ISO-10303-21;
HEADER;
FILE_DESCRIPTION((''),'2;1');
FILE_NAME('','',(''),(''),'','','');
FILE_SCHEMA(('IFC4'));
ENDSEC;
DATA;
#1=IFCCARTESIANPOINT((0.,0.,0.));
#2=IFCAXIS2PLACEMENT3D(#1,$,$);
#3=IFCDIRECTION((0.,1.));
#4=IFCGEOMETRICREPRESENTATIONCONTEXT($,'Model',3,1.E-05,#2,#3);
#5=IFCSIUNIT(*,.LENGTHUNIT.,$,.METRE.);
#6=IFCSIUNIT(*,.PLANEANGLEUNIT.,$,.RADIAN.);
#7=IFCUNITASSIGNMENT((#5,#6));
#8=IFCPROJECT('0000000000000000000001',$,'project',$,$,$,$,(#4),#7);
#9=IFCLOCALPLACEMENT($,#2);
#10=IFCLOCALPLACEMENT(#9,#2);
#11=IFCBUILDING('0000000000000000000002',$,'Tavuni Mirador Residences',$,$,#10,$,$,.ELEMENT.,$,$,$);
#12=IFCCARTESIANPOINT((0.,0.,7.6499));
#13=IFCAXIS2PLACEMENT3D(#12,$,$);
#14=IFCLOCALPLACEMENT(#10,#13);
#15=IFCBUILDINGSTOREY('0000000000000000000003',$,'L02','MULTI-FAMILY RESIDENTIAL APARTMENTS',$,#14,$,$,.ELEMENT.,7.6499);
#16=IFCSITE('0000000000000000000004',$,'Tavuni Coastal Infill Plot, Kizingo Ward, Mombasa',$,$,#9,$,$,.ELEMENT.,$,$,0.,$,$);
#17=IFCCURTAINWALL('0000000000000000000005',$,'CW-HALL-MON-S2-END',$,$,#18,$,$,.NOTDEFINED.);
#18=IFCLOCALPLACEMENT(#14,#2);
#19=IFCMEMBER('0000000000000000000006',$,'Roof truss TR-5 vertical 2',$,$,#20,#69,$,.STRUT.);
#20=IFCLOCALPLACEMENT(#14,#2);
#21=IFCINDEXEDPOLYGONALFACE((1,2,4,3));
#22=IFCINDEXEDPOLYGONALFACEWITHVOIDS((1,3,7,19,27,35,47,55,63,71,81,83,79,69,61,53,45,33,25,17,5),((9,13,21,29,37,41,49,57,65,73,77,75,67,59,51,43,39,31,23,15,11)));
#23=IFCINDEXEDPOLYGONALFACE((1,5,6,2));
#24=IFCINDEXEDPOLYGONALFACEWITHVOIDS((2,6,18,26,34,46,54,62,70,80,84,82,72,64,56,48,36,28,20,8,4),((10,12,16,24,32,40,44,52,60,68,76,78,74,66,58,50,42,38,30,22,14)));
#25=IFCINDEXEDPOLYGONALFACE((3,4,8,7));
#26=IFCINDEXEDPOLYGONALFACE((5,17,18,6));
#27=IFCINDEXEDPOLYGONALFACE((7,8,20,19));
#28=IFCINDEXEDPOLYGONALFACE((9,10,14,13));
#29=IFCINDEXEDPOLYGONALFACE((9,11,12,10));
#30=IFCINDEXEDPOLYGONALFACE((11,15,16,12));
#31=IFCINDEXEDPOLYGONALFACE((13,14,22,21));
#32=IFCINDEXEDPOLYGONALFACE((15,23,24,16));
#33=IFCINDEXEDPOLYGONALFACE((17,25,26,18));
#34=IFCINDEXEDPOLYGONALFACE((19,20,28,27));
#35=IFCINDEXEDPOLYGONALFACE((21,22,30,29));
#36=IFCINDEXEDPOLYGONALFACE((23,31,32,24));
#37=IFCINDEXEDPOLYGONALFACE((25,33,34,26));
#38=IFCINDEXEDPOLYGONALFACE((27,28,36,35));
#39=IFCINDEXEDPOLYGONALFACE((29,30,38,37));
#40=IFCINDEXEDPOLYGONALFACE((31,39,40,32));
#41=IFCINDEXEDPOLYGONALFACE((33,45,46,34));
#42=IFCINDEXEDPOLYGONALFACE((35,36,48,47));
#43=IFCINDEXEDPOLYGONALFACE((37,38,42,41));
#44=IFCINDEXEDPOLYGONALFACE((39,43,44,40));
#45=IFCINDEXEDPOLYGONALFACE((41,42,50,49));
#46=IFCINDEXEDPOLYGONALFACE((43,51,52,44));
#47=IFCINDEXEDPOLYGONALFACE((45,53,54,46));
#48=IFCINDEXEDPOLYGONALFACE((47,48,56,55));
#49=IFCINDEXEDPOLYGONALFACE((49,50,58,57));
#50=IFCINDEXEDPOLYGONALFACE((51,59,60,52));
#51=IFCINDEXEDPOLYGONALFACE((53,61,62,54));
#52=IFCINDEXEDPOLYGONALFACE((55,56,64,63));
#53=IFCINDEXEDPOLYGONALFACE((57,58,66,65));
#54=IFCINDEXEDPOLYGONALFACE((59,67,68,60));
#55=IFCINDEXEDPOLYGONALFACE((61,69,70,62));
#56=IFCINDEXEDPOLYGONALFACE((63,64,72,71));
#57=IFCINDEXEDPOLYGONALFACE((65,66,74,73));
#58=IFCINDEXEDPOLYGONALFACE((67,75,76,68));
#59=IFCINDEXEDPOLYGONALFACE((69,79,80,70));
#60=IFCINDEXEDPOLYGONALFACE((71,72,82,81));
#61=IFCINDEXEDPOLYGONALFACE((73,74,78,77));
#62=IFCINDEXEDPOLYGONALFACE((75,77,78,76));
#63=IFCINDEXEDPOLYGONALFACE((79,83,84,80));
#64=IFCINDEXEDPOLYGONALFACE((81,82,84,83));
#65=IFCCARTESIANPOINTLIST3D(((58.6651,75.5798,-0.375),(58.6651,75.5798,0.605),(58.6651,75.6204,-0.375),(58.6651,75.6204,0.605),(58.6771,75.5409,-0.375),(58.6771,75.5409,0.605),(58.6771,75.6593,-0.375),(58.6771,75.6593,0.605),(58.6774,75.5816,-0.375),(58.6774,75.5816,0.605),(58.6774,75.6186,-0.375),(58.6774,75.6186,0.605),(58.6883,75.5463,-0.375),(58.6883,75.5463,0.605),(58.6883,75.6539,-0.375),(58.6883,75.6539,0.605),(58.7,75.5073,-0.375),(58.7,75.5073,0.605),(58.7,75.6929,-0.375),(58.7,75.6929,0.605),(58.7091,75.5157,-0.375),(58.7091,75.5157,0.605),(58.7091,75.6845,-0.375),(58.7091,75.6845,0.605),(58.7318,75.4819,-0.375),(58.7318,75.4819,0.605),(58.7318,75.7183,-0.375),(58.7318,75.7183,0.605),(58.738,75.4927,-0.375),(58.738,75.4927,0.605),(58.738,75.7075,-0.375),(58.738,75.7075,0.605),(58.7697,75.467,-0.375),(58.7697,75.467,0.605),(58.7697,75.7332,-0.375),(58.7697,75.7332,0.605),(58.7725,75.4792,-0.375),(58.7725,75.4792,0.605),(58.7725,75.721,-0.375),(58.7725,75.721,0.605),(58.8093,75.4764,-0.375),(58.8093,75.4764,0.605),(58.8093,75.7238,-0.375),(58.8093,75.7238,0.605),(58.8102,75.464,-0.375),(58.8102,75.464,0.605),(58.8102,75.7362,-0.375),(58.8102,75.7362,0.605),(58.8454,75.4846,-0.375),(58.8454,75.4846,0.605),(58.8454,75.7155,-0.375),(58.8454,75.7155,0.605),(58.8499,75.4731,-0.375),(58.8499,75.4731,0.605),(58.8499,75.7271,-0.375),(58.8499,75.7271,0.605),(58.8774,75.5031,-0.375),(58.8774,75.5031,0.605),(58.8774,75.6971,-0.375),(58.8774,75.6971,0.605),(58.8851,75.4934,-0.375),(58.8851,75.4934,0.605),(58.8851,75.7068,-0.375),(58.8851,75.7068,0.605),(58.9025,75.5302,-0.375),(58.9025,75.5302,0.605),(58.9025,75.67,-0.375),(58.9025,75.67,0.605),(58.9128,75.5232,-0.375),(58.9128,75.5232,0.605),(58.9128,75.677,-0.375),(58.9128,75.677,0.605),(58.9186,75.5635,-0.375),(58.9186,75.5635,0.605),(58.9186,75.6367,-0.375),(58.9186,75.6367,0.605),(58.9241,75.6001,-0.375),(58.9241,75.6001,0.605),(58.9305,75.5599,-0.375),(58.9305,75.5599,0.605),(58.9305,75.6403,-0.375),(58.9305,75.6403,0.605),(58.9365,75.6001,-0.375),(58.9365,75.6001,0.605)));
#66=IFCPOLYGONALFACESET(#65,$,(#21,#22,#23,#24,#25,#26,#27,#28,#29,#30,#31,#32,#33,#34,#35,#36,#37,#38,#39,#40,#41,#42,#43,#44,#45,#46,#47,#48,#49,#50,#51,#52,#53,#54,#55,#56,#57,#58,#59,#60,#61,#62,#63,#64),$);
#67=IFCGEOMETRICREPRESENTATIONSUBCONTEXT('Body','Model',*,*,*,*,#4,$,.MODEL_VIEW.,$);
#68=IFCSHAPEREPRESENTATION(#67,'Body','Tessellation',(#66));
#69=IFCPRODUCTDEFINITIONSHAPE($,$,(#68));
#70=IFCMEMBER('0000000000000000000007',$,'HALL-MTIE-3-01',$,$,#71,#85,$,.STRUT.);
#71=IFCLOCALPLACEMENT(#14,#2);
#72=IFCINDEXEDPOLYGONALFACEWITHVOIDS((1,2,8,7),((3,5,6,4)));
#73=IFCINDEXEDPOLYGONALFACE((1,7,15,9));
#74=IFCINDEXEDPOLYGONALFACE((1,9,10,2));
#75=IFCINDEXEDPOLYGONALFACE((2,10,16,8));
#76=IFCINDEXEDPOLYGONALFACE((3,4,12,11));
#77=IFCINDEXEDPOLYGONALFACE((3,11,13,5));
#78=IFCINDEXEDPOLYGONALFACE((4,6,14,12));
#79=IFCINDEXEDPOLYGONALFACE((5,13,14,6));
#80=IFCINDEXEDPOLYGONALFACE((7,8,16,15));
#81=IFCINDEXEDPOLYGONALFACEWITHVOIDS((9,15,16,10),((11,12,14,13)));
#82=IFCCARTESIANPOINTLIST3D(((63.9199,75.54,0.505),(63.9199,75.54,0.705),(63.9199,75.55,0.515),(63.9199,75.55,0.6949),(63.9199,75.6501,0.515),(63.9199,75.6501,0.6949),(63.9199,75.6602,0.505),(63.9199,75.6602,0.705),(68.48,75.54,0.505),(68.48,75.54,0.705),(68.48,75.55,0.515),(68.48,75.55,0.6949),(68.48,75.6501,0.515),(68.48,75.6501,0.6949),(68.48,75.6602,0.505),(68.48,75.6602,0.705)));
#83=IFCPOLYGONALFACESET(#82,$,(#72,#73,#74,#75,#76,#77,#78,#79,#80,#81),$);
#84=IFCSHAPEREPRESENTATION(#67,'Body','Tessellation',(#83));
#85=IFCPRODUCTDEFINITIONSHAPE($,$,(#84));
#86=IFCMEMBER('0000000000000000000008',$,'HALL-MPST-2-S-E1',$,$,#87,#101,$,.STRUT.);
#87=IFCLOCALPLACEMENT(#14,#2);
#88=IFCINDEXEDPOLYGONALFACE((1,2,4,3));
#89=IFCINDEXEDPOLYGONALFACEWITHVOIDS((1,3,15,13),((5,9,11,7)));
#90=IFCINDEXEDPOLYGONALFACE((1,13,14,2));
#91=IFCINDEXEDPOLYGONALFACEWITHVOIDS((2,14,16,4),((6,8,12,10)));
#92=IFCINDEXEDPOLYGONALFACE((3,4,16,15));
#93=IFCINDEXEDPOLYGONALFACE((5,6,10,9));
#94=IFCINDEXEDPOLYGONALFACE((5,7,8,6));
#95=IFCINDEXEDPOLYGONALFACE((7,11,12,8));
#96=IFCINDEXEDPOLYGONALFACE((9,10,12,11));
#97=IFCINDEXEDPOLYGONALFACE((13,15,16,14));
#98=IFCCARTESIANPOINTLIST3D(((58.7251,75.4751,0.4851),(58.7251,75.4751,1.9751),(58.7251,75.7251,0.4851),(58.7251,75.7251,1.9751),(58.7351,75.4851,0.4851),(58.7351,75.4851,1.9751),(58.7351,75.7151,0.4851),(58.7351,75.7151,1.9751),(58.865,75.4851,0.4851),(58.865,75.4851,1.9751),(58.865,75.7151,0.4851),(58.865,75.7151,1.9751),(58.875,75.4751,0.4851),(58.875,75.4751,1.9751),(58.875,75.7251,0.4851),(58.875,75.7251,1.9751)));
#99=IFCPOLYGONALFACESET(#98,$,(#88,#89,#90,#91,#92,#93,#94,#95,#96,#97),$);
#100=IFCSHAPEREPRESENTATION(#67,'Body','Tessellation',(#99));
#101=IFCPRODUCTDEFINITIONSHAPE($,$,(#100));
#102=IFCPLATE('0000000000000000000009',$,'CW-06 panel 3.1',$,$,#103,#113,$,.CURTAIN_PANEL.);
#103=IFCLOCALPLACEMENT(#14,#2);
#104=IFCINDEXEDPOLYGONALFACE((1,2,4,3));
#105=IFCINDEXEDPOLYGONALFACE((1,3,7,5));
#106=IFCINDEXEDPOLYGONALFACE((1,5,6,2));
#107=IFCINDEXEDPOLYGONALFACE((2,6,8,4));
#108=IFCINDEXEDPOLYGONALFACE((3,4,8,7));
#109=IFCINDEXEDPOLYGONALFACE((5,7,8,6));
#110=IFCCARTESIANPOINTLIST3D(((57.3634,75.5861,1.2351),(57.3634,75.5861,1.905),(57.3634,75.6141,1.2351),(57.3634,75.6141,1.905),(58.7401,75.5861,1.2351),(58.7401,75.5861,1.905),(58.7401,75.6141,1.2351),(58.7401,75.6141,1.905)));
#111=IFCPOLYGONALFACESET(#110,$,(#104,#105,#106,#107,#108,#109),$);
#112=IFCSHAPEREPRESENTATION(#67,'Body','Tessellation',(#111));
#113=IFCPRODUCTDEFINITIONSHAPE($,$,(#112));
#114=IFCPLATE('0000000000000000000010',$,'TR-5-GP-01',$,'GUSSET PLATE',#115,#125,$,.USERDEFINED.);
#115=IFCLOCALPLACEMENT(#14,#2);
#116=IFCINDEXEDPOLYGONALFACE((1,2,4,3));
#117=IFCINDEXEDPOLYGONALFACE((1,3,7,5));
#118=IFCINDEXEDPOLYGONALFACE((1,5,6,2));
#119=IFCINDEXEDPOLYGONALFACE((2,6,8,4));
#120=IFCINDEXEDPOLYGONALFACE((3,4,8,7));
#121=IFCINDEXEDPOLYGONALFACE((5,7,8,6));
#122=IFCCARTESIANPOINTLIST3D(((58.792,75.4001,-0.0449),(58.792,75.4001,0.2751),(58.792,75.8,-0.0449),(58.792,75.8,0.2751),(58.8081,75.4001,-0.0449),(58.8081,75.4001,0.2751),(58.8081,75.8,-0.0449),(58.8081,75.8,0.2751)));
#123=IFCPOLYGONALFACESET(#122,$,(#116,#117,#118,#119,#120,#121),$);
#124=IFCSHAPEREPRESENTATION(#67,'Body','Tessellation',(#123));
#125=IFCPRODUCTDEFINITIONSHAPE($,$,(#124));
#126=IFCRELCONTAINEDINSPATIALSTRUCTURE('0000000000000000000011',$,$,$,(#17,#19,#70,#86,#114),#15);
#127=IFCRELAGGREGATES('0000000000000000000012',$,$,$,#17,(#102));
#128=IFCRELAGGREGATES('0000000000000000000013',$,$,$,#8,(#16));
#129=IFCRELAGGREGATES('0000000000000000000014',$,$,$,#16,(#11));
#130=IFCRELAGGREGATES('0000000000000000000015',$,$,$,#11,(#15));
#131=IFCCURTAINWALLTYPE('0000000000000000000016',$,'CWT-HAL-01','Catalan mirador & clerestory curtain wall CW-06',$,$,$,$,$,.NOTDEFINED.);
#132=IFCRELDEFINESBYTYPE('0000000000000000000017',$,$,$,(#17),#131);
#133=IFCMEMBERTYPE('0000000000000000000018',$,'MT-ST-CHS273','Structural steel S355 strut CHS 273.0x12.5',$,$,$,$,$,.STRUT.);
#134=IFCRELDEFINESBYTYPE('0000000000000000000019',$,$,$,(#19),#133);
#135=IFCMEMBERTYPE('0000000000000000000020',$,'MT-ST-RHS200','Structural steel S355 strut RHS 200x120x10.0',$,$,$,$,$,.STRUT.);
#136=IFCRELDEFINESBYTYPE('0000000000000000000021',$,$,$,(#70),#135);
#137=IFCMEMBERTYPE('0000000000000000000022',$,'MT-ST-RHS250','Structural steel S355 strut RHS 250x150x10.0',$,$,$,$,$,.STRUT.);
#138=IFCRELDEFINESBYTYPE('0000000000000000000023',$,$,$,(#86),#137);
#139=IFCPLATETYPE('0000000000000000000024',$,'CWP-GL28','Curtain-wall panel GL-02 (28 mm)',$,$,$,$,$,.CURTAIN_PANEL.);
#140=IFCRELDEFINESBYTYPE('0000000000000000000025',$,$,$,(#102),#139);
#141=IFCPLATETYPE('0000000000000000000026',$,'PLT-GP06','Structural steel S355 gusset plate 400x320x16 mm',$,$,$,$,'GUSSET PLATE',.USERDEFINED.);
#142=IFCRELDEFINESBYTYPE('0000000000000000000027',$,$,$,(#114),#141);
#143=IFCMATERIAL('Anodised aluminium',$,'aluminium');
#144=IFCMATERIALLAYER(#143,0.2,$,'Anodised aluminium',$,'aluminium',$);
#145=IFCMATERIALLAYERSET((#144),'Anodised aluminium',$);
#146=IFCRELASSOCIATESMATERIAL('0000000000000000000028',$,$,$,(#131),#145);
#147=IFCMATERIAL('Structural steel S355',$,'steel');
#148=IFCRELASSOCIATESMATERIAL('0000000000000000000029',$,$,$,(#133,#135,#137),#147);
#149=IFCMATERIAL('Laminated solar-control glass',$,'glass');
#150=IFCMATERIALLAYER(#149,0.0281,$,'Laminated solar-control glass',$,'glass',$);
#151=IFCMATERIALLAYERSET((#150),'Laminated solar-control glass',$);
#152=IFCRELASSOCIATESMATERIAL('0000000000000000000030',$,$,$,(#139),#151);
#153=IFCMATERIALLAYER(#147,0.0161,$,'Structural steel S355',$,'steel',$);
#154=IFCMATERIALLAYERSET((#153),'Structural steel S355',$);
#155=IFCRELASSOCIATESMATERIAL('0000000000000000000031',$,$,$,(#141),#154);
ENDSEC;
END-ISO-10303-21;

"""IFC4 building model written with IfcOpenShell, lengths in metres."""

from ifc_helpers import new_model, si_unit, direction, frame, origin, origin_2d, place, context, subcontext, project, spatial, rectangle, hollow_rectangle, hollow_circle, extrude, material, layer, layer_set, material_profile, profile_set, type_object, element, aggregate, save


model = new_model("IFC4")

# Units and contexts
model_context = context("Model", 3, precision=1e-05, world=origin(), true_north=direction((0.0, 1.0)))
body_context = subcontext(model_context, "Body", "Model", "MODEL_VIEW")
ifc_project = project(units=[si_unit("LENGTHUNIT", "METRE"), si_unit("PLANEANGLEUNIT", "RADIAN")], contexts=[model_context])

# Site, building, storey
site_placement = place(None, origin())
site = spatial("IfcSite", under=ifc_project, at=site_placement, Name="Tavuni Coastal Infill Plot, Kizingo Ward, Mombasa", CompositionType="ELEMENT", RefElevation=0.0)
building_placement = place(site_placement, origin())
building = spatial("IfcBuilding", under=site, at=building_placement, Name="Tavuni Mirador Residences", CompositionType="ELEMENT")
storey_placement = place(building_placement, frame((0.0, 0.0, 7.6499)))
storey = spatial("IfcBuildingStorey", under=building, at=storey_placement, Name="L02", Description="MULTI-FAMILY RESIDENTIAL APARTMENTS", CompositionType="ELEMENT", Elevation=7.6499)

# Shared definitions
ifc_material_1 = material(Name="Anodised aluminium", Category="aluminium")
ifc_layer_1 = layer(ifc_material_1, 0.2, Name="Anodised aluminium", Category="aluminium")
ifc_layer_set_1 = layer_set([ifc_layer_1], Name="Anodised aluminium")
curtain_wall_type = type_object("IfcCurtainWallType", Name="CWT-HAL-01", Description="Catalan mirador & clerestory curtain wall CW-06", PredefinedType="NOTDEFINED", material=ifc_layer_set_1)

# Curtain wall
curtain_wall_1_placement = place(storey_placement, origin())
curtain_wall_1 = element("IfcCurtainWall", 1, at=curtain_wall_1_placement, inside=storey, type_object=curtain_wall_type, Name="CW-HALL-MON-S2-END", PredefinedType="NOTDEFINED")

# Members
ifc_material_2 = material(Name="Structural steel S355", Category="steel")
ifc_material_profile_1 = material_profile(ifc_material_2, hollow_circle(Radius=0.1365, WallThickness=0.0125, at=origin_2d()), Name="CHS 273.0x12.5", Category="steel")
ifc_profile_set_1 = profile_set([ifc_material_profile_1], Name="Structural steel S355")
member_type_1 = type_object("IfcMemberType", Name="MT-ST-CHS273", Description="Structural steel S355 strut CHS 273.0x12.5", PredefinedType="STRUT", material=ifc_profile_set_1)
member_1_placement = place(storey_placement, frame((58.8, 75.6001, -0.375), z_axis=(0.0, 0.0, 1.0), x_axis=(1.0, 0.0, 0.0)))
element("IfcMember", 2, at=member_1_placement, inside=storey, type_object=member_type_1, Name="Roof truss TR-5 vertical 2", PredefinedType="STRUT", context=body_context, shape_type="SweptSolid", body=[
    extrude(hollow_circle(Radius=0.1365, WallThickness=0.0125, at=origin_2d()), origin(), (0.0, 0.0, 1.0), 0.98),
])
ifc_material_profile_2 = material_profile(ifc_material_2, hollow_rectangle(XDim=0.1201, YDim=0.2, WallThickness=0.01, at=origin_2d()), Name="RHS 200x120x10.0", Category="steel")
ifc_profile_set_2 = profile_set([ifc_material_profile_2], Name="Structural steel S355")
member_type_2 = type_object("IfcMemberType", Name="MT-ST-RHS200", Description="Structural steel S355 strut RHS 200x120x10.0", PredefinedType="STRUT", material=ifc_profile_set_2)
member_2_placement = place(storey_placement, frame((63.9199, 75.6001, 0.605), z_axis=(1.0, 0.0, 0.0), x_axis=(0.0, 1.0, 0.0)))
element("IfcMember", 3, at=member_2_placement, inside=storey, type_object=member_type_2, Name="HALL-MTIE-3-01", PredefinedType="STRUT", context=body_context, shape_type="SweptSolid", body=[
    extrude(hollow_rectangle(XDim=0.1201, YDim=0.2, WallThickness=0.01, at=origin_2d()), origin(), (0.0, 0.0, 1.0), 4.5601),
])
ifc_material_profile_3 = material_profile(ifc_material_2, hollow_rectangle(XDim=0.1499, YDim=0.25, WallThickness=0.01, at=origin_2d()), Name="RHS 250x150x10.0", Category="steel")
ifc_profile_set_3 = profile_set([ifc_material_profile_3], Name="Structural steel S355")
member_type_3 = type_object("IfcMemberType", Name="MT-ST-RHS250", Description="Structural steel S355 strut RHS 250x150x10.0", PredefinedType="STRUT", material=ifc_profile_set_3)
member_3_placement = place(storey_placement, frame((58.8, 75.6001, 0.4851), z_axis=(0.0, 0.0, 1.0), x_axis=(1.0, 0.0, 0.0)))
element("IfcMember", 4, at=member_3_placement, inside=storey, type_object=member_type_3, Name="HALL-MPST-2-S-E1", PredefinedType="STRUT", context=body_context, shape_type="SweptSolid", body=[
    extrude(hollow_rectangle(XDim=0.1499, YDim=0.25, WallThickness=0.01, at=origin_2d()), origin(), (0.0, 0.0, 1.0), 1.49),
])

# Plates
ifc_material_3 = material(Name="Laminated solar-control glass", Category="glass")
ifc_layer_2 = layer(ifc_material_3, 0.0281, Name="Laminated solar-control glass", Category="glass")
ifc_layer_set_2 = layer_set([ifc_layer_2], Name="Laminated solar-control glass")
plate_type_1 = type_object("IfcPlateType", Name="CWP-GL28", Description="Curtain-wall panel GL-02 (28 mm)", PredefinedType="CURTAIN_PANEL", material=ifc_layer_set_2)
plate_1_placement = place(storey_placement, frame((58.0518, 75.6001, 1.2351), z_axis=(0.0, 0.0, 1.0), x_axis=(1.0, 0.0, 0.0)))
plate_1 = element("IfcPlate", 5, at=plate_1_placement, type_object=plate_type_1, Name="CW-06 panel 3.1", PredefinedType="CURTAIN_PANEL", context=body_context, shape_type="SweptSolid", body=[
    extrude(rectangle(XDim=1.3767, YDim=0.0281, at=origin_2d()), origin(), (0.0, 0.0, 1.0), 0.6699),
])
aggregate(curtain_wall_1, [plate_1])
ifc_layer_3 = layer(ifc_material_2, 0.0161, Name="Structural steel S355", Category="steel")
ifc_layer_set_3 = layer_set([ifc_layer_3], Name="Structural steel S355")
plate_type_2 = type_object("IfcPlateType", Name="PLT-GP06", Description="Structural steel S355 gusset plate 400x320x16 mm", ElementType="GUSSET PLATE", PredefinedType="USERDEFINED", material=ifc_layer_set_3)
plate_2_placement = place(storey_placement, frame((58.8, 75.6001, -0.0449), z_axis=(0.0, 0.0, 1.0), x_axis=(0.0, 1.0, 0.0)))
element("IfcPlate", 6, at=plate_2_placement, inside=storey, type_object=plate_type_2, Name="TR-5-GP-01", ObjectType="GUSSET PLATE", PredefinedType="USERDEFINED", context=body_context, shape_type="SweptSolid", body=[
    extrude(rectangle(XDim=0.3999, YDim=0.0161, at=origin_2d()), origin(), (0.0, 0.0, 1.0), 0.3201),
])

save(model, "model.ifc")
